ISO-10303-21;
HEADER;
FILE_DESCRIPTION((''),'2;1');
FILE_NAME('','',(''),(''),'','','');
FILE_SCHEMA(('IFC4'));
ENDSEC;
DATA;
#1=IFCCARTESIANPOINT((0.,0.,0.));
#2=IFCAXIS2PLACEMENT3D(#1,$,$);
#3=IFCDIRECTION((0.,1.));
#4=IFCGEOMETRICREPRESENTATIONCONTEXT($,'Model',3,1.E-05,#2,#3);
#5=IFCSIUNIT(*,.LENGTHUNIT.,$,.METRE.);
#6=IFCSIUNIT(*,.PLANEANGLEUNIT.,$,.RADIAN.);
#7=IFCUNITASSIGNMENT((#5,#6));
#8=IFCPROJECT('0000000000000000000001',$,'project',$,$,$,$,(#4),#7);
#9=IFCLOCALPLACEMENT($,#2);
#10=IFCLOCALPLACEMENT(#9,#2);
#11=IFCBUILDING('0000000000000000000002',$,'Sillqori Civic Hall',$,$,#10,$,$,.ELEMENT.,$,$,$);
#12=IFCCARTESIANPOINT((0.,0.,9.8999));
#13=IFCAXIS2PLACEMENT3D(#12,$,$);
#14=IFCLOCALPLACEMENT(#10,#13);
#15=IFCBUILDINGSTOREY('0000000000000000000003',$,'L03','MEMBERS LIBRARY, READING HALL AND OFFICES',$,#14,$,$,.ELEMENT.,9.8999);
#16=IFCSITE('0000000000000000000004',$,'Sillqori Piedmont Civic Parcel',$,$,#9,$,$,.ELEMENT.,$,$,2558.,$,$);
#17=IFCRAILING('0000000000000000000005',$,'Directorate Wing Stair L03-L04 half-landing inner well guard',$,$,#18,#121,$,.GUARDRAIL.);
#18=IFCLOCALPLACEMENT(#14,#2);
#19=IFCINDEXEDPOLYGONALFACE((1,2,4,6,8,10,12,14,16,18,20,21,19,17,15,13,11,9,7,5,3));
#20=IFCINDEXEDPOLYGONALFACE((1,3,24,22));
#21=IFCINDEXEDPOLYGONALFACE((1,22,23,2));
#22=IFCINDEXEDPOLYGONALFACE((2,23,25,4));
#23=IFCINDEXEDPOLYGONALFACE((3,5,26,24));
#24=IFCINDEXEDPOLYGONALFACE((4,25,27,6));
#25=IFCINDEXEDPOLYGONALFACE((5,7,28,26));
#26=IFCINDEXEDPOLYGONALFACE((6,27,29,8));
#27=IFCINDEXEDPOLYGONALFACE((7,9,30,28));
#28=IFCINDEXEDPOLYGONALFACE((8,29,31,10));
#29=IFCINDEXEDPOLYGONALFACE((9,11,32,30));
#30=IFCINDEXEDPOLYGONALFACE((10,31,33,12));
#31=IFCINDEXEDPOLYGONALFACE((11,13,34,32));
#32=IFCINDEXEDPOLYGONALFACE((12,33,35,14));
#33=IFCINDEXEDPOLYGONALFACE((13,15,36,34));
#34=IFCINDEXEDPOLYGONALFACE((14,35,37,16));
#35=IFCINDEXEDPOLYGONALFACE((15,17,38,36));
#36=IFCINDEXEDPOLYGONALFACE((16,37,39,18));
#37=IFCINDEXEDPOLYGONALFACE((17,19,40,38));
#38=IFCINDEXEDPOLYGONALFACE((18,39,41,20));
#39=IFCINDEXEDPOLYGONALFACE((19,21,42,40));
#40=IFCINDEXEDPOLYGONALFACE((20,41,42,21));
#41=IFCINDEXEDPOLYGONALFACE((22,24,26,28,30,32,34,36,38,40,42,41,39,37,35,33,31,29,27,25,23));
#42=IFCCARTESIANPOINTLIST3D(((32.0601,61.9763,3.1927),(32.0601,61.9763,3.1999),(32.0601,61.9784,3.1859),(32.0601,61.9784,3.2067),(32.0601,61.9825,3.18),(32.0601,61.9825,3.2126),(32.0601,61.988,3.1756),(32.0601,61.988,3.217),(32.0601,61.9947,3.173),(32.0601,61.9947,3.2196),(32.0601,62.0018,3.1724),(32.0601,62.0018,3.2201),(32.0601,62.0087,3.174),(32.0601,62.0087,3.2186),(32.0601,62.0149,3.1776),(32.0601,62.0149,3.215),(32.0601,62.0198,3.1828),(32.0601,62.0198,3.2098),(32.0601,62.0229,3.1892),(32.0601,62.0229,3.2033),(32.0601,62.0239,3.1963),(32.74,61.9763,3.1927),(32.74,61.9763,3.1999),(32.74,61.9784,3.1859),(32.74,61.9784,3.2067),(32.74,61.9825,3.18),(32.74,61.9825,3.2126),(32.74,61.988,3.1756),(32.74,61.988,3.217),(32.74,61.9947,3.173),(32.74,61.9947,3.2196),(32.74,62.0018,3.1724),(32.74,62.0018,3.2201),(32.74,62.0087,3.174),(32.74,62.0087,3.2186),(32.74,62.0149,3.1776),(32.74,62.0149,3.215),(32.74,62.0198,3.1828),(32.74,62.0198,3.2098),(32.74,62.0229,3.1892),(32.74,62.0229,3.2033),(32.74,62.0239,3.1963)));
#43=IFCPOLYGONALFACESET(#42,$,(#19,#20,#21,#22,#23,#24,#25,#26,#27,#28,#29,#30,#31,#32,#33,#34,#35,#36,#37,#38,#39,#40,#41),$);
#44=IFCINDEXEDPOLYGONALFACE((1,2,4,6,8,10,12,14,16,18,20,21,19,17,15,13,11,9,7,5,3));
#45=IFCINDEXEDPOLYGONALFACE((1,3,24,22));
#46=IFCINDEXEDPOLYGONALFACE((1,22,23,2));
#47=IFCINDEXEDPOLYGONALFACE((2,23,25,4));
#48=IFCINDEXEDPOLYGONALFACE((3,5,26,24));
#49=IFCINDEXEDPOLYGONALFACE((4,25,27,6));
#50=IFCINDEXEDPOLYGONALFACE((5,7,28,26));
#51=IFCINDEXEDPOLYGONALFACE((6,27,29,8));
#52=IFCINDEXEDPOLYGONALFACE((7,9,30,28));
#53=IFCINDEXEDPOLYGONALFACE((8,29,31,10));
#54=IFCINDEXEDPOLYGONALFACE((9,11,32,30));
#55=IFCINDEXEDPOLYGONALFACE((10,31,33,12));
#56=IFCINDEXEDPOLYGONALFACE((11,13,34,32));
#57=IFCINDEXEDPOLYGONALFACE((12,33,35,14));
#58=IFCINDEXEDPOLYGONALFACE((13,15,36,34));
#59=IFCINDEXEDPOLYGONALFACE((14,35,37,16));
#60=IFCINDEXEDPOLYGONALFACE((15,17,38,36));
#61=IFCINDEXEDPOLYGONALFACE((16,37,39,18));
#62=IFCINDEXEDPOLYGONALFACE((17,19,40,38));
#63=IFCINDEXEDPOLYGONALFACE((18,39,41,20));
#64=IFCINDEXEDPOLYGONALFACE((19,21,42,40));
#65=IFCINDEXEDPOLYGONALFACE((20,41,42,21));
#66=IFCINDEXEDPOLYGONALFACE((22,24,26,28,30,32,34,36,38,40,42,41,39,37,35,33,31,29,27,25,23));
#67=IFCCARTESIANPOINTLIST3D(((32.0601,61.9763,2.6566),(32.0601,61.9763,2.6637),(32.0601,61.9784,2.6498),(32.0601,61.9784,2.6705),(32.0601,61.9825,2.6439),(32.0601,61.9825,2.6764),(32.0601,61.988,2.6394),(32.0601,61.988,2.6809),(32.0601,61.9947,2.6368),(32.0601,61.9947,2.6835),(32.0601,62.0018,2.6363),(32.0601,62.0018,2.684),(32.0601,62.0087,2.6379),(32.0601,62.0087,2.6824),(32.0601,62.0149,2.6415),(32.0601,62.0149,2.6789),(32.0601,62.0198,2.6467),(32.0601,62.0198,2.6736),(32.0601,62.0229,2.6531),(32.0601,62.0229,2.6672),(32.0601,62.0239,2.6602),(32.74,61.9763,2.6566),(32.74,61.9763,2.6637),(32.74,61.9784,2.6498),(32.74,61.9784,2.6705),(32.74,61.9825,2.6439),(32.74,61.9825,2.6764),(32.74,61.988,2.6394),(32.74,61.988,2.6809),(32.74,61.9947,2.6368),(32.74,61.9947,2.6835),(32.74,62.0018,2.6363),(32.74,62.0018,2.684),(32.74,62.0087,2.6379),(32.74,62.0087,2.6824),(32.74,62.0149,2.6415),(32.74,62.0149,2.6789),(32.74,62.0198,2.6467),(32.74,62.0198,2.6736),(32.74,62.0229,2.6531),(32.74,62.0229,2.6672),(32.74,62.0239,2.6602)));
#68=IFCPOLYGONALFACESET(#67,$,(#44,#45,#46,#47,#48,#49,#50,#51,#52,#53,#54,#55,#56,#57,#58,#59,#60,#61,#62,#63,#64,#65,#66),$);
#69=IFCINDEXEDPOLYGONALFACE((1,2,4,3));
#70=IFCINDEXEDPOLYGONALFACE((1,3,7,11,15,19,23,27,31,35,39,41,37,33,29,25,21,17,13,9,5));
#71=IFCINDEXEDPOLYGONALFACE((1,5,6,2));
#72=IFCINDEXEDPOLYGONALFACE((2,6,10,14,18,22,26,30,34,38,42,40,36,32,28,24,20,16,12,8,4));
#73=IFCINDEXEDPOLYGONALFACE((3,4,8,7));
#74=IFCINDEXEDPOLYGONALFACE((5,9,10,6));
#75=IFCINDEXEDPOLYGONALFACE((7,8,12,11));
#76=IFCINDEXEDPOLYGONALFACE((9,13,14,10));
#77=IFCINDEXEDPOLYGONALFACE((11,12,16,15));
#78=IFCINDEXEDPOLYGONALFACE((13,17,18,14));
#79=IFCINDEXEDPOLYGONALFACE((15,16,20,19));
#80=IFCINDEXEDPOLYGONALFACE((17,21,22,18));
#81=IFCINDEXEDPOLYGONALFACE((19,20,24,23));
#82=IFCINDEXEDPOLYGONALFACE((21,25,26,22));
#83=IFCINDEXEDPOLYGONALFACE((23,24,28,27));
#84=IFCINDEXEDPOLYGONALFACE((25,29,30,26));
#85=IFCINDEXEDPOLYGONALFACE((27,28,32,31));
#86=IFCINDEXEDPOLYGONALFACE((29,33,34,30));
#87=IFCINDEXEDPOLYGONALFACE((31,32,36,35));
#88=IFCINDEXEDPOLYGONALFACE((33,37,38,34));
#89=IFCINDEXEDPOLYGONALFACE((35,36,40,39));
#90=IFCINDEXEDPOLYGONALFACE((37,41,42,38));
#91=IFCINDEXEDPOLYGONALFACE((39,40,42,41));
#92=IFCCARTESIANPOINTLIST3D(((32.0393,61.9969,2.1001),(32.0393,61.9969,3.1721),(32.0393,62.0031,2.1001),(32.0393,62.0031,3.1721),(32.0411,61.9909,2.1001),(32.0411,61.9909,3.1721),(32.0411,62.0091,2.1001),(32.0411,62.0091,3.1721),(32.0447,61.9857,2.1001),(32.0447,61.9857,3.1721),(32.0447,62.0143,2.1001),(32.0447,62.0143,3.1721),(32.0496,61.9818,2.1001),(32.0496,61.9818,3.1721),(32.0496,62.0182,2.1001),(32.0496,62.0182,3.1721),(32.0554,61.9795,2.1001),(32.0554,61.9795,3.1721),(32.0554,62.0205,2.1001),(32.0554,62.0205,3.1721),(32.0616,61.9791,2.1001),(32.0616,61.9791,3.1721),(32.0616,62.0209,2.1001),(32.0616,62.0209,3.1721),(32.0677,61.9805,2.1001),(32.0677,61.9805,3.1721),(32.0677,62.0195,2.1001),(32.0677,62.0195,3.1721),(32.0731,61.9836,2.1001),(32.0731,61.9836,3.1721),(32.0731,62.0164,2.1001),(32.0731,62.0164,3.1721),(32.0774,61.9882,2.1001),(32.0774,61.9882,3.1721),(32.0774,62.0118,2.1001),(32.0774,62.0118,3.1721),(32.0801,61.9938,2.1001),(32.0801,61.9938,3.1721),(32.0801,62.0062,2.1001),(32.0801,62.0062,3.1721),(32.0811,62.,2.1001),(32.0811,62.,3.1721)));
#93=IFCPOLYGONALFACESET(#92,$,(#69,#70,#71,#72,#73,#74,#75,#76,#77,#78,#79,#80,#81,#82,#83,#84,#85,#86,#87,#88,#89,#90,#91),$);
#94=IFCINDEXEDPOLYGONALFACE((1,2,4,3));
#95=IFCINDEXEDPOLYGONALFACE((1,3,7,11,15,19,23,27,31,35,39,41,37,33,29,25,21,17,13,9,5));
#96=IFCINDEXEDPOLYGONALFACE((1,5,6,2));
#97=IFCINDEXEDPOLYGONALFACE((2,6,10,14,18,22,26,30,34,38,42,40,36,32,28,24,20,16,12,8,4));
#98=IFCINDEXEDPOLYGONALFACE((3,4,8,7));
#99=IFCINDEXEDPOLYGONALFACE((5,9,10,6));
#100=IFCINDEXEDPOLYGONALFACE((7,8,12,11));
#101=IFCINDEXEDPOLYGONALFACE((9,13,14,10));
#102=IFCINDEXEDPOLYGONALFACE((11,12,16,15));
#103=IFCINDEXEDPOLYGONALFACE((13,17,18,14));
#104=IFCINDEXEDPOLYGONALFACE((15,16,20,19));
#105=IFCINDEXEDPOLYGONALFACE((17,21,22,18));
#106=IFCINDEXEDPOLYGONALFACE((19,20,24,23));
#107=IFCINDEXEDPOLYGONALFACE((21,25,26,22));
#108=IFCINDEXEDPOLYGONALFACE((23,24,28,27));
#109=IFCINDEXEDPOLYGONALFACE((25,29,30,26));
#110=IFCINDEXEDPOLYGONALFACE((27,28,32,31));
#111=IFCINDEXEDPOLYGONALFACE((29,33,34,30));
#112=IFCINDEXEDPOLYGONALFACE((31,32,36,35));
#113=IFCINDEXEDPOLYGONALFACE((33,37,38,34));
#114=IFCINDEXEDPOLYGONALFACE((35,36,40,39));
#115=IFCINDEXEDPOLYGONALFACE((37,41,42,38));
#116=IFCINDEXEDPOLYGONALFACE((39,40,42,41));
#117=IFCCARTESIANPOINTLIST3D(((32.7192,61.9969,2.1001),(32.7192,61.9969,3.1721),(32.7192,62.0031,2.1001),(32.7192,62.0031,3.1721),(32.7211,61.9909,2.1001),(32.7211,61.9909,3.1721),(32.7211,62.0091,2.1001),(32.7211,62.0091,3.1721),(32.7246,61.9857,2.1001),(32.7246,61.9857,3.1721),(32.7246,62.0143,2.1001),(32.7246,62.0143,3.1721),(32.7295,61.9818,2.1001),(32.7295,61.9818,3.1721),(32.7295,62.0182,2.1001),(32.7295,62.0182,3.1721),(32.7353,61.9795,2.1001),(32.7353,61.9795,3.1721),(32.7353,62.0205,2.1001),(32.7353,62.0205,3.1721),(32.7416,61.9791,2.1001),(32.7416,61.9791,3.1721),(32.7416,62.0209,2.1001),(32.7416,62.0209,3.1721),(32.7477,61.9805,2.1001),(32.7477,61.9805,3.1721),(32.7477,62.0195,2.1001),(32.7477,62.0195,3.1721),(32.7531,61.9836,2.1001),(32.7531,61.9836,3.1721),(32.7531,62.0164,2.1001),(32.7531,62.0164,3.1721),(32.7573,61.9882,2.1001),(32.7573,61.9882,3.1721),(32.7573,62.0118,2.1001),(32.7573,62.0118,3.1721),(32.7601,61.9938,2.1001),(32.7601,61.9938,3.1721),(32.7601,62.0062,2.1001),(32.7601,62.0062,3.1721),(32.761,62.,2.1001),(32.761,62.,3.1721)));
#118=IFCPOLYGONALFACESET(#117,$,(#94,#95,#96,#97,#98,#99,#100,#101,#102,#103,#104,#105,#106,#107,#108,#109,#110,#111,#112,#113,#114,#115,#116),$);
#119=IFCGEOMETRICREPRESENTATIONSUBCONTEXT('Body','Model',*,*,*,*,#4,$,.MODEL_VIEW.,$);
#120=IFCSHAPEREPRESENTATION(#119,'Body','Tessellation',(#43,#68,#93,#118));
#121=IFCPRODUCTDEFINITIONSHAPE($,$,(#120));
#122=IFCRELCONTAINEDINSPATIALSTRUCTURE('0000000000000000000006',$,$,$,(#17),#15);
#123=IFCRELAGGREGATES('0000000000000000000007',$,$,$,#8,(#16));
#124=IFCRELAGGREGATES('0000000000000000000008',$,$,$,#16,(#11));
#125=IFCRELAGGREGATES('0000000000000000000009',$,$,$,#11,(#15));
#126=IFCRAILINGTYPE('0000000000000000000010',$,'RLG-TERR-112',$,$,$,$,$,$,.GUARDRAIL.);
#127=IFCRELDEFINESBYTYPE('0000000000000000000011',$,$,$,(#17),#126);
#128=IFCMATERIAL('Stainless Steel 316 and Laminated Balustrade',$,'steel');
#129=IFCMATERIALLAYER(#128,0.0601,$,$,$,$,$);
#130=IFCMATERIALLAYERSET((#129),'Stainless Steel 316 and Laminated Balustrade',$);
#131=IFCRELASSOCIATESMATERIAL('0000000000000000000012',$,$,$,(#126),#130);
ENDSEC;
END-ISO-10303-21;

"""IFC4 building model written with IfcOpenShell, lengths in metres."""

from ifc_helpers import new_model, si_unit, direction, frame, origin, origin_2d, place, context, subcontext, project, spatial, circle, extrude, material, layer, layer_set, type_object, element, save


model = new_model("IFC4")

# Units and contexts
model_context = context("Model", 3, precision=1e-05, world=origin(), true_north=direction((0.0, 1.0)))
body_context = subcontext(model_context, "Body", "Model", "MODEL_VIEW")
ifc_project = project(units=[si_unit("LENGTHUNIT", "METRE"), si_unit("PLANEANGLEUNIT", "RADIAN")], contexts=[model_context])

# Site, building, storey
site_placement = place(None, origin())
site = spatial("IfcSite", under=ifc_project, at=site_placement, Name="Sillqori Piedmont Civic Parcel", CompositionType="ELEMENT", RefElevation=2558.0)
building_placement = place(site_placement, origin())
building = spatial("IfcBuilding", under=site, at=building_placement, Name="Sillqori Civic Hall", CompositionType="ELEMENT")
storey_placement = place(building_placement, frame((0.0, 0.0, 9.8999)))
storey = spatial("IfcBuildingStorey", under=building, at=storey_placement, Name="L03", Description="MEMBERS LIBRARY, READING HALL AND OFFICES", CompositionType="ELEMENT", Elevation=9.8999)

# Railing
ifc_material_1 = material(Name="Stainless Steel 316 and Laminated Balustrade", Category="steel")
ifc_layer_1 = layer(ifc_material_1, 0.0601)
ifc_layer_set_1 = layer_set([ifc_layer_1], Name="Stainless Steel 316 and Laminated Balustrade")
railing_type_1 = type_object("IfcRailingType", Name="RLG-TERR-112", PredefinedType="GUARDRAIL", material=ifc_layer_set_1)
railing_1_placement = place(storey_placement, frame((32.0601, 62.0, 2.1001)))
element("IfcRailing", 1, at=railing_1_placement, inside=storey, type_object=railing_type_1, Name="Directorate Wing Stair L03-L04 half-landing inner well guard", PredefinedType="GUARDRAIL", context=body_context, shape_type="SweptSolid", body=[
    extrude(circle(Radius=0.0239, at=origin_2d()), frame((0.0, 0.0, 1.0962), z_axis=(1.0, 0.0, 0.0), x_axis=(0.0, 1.0, 0.0)), (0.0, 0.0, 1.0), 0.6799),
    extrude(circle(Radius=0.0239, at=origin_2d()), frame((0.0, 0.0, 0.5601), z_axis=(1.0, 0.0, 0.0), x_axis=(0.0, 1.0, 0.0)), (0.0, 0.0, 1.0), 0.6799),
    extrude(circle(Radius=0.021, at=origin_2d()), origin(), (0.0, 0.0, 1.0), 1.072),
    extrude(circle(Radius=0.021, at=origin_2d()), frame((0.6799, 0.0, 0.0)), (0.0, 0.0, 1.0), 1.072),
])

save(model, "model.ifc")
